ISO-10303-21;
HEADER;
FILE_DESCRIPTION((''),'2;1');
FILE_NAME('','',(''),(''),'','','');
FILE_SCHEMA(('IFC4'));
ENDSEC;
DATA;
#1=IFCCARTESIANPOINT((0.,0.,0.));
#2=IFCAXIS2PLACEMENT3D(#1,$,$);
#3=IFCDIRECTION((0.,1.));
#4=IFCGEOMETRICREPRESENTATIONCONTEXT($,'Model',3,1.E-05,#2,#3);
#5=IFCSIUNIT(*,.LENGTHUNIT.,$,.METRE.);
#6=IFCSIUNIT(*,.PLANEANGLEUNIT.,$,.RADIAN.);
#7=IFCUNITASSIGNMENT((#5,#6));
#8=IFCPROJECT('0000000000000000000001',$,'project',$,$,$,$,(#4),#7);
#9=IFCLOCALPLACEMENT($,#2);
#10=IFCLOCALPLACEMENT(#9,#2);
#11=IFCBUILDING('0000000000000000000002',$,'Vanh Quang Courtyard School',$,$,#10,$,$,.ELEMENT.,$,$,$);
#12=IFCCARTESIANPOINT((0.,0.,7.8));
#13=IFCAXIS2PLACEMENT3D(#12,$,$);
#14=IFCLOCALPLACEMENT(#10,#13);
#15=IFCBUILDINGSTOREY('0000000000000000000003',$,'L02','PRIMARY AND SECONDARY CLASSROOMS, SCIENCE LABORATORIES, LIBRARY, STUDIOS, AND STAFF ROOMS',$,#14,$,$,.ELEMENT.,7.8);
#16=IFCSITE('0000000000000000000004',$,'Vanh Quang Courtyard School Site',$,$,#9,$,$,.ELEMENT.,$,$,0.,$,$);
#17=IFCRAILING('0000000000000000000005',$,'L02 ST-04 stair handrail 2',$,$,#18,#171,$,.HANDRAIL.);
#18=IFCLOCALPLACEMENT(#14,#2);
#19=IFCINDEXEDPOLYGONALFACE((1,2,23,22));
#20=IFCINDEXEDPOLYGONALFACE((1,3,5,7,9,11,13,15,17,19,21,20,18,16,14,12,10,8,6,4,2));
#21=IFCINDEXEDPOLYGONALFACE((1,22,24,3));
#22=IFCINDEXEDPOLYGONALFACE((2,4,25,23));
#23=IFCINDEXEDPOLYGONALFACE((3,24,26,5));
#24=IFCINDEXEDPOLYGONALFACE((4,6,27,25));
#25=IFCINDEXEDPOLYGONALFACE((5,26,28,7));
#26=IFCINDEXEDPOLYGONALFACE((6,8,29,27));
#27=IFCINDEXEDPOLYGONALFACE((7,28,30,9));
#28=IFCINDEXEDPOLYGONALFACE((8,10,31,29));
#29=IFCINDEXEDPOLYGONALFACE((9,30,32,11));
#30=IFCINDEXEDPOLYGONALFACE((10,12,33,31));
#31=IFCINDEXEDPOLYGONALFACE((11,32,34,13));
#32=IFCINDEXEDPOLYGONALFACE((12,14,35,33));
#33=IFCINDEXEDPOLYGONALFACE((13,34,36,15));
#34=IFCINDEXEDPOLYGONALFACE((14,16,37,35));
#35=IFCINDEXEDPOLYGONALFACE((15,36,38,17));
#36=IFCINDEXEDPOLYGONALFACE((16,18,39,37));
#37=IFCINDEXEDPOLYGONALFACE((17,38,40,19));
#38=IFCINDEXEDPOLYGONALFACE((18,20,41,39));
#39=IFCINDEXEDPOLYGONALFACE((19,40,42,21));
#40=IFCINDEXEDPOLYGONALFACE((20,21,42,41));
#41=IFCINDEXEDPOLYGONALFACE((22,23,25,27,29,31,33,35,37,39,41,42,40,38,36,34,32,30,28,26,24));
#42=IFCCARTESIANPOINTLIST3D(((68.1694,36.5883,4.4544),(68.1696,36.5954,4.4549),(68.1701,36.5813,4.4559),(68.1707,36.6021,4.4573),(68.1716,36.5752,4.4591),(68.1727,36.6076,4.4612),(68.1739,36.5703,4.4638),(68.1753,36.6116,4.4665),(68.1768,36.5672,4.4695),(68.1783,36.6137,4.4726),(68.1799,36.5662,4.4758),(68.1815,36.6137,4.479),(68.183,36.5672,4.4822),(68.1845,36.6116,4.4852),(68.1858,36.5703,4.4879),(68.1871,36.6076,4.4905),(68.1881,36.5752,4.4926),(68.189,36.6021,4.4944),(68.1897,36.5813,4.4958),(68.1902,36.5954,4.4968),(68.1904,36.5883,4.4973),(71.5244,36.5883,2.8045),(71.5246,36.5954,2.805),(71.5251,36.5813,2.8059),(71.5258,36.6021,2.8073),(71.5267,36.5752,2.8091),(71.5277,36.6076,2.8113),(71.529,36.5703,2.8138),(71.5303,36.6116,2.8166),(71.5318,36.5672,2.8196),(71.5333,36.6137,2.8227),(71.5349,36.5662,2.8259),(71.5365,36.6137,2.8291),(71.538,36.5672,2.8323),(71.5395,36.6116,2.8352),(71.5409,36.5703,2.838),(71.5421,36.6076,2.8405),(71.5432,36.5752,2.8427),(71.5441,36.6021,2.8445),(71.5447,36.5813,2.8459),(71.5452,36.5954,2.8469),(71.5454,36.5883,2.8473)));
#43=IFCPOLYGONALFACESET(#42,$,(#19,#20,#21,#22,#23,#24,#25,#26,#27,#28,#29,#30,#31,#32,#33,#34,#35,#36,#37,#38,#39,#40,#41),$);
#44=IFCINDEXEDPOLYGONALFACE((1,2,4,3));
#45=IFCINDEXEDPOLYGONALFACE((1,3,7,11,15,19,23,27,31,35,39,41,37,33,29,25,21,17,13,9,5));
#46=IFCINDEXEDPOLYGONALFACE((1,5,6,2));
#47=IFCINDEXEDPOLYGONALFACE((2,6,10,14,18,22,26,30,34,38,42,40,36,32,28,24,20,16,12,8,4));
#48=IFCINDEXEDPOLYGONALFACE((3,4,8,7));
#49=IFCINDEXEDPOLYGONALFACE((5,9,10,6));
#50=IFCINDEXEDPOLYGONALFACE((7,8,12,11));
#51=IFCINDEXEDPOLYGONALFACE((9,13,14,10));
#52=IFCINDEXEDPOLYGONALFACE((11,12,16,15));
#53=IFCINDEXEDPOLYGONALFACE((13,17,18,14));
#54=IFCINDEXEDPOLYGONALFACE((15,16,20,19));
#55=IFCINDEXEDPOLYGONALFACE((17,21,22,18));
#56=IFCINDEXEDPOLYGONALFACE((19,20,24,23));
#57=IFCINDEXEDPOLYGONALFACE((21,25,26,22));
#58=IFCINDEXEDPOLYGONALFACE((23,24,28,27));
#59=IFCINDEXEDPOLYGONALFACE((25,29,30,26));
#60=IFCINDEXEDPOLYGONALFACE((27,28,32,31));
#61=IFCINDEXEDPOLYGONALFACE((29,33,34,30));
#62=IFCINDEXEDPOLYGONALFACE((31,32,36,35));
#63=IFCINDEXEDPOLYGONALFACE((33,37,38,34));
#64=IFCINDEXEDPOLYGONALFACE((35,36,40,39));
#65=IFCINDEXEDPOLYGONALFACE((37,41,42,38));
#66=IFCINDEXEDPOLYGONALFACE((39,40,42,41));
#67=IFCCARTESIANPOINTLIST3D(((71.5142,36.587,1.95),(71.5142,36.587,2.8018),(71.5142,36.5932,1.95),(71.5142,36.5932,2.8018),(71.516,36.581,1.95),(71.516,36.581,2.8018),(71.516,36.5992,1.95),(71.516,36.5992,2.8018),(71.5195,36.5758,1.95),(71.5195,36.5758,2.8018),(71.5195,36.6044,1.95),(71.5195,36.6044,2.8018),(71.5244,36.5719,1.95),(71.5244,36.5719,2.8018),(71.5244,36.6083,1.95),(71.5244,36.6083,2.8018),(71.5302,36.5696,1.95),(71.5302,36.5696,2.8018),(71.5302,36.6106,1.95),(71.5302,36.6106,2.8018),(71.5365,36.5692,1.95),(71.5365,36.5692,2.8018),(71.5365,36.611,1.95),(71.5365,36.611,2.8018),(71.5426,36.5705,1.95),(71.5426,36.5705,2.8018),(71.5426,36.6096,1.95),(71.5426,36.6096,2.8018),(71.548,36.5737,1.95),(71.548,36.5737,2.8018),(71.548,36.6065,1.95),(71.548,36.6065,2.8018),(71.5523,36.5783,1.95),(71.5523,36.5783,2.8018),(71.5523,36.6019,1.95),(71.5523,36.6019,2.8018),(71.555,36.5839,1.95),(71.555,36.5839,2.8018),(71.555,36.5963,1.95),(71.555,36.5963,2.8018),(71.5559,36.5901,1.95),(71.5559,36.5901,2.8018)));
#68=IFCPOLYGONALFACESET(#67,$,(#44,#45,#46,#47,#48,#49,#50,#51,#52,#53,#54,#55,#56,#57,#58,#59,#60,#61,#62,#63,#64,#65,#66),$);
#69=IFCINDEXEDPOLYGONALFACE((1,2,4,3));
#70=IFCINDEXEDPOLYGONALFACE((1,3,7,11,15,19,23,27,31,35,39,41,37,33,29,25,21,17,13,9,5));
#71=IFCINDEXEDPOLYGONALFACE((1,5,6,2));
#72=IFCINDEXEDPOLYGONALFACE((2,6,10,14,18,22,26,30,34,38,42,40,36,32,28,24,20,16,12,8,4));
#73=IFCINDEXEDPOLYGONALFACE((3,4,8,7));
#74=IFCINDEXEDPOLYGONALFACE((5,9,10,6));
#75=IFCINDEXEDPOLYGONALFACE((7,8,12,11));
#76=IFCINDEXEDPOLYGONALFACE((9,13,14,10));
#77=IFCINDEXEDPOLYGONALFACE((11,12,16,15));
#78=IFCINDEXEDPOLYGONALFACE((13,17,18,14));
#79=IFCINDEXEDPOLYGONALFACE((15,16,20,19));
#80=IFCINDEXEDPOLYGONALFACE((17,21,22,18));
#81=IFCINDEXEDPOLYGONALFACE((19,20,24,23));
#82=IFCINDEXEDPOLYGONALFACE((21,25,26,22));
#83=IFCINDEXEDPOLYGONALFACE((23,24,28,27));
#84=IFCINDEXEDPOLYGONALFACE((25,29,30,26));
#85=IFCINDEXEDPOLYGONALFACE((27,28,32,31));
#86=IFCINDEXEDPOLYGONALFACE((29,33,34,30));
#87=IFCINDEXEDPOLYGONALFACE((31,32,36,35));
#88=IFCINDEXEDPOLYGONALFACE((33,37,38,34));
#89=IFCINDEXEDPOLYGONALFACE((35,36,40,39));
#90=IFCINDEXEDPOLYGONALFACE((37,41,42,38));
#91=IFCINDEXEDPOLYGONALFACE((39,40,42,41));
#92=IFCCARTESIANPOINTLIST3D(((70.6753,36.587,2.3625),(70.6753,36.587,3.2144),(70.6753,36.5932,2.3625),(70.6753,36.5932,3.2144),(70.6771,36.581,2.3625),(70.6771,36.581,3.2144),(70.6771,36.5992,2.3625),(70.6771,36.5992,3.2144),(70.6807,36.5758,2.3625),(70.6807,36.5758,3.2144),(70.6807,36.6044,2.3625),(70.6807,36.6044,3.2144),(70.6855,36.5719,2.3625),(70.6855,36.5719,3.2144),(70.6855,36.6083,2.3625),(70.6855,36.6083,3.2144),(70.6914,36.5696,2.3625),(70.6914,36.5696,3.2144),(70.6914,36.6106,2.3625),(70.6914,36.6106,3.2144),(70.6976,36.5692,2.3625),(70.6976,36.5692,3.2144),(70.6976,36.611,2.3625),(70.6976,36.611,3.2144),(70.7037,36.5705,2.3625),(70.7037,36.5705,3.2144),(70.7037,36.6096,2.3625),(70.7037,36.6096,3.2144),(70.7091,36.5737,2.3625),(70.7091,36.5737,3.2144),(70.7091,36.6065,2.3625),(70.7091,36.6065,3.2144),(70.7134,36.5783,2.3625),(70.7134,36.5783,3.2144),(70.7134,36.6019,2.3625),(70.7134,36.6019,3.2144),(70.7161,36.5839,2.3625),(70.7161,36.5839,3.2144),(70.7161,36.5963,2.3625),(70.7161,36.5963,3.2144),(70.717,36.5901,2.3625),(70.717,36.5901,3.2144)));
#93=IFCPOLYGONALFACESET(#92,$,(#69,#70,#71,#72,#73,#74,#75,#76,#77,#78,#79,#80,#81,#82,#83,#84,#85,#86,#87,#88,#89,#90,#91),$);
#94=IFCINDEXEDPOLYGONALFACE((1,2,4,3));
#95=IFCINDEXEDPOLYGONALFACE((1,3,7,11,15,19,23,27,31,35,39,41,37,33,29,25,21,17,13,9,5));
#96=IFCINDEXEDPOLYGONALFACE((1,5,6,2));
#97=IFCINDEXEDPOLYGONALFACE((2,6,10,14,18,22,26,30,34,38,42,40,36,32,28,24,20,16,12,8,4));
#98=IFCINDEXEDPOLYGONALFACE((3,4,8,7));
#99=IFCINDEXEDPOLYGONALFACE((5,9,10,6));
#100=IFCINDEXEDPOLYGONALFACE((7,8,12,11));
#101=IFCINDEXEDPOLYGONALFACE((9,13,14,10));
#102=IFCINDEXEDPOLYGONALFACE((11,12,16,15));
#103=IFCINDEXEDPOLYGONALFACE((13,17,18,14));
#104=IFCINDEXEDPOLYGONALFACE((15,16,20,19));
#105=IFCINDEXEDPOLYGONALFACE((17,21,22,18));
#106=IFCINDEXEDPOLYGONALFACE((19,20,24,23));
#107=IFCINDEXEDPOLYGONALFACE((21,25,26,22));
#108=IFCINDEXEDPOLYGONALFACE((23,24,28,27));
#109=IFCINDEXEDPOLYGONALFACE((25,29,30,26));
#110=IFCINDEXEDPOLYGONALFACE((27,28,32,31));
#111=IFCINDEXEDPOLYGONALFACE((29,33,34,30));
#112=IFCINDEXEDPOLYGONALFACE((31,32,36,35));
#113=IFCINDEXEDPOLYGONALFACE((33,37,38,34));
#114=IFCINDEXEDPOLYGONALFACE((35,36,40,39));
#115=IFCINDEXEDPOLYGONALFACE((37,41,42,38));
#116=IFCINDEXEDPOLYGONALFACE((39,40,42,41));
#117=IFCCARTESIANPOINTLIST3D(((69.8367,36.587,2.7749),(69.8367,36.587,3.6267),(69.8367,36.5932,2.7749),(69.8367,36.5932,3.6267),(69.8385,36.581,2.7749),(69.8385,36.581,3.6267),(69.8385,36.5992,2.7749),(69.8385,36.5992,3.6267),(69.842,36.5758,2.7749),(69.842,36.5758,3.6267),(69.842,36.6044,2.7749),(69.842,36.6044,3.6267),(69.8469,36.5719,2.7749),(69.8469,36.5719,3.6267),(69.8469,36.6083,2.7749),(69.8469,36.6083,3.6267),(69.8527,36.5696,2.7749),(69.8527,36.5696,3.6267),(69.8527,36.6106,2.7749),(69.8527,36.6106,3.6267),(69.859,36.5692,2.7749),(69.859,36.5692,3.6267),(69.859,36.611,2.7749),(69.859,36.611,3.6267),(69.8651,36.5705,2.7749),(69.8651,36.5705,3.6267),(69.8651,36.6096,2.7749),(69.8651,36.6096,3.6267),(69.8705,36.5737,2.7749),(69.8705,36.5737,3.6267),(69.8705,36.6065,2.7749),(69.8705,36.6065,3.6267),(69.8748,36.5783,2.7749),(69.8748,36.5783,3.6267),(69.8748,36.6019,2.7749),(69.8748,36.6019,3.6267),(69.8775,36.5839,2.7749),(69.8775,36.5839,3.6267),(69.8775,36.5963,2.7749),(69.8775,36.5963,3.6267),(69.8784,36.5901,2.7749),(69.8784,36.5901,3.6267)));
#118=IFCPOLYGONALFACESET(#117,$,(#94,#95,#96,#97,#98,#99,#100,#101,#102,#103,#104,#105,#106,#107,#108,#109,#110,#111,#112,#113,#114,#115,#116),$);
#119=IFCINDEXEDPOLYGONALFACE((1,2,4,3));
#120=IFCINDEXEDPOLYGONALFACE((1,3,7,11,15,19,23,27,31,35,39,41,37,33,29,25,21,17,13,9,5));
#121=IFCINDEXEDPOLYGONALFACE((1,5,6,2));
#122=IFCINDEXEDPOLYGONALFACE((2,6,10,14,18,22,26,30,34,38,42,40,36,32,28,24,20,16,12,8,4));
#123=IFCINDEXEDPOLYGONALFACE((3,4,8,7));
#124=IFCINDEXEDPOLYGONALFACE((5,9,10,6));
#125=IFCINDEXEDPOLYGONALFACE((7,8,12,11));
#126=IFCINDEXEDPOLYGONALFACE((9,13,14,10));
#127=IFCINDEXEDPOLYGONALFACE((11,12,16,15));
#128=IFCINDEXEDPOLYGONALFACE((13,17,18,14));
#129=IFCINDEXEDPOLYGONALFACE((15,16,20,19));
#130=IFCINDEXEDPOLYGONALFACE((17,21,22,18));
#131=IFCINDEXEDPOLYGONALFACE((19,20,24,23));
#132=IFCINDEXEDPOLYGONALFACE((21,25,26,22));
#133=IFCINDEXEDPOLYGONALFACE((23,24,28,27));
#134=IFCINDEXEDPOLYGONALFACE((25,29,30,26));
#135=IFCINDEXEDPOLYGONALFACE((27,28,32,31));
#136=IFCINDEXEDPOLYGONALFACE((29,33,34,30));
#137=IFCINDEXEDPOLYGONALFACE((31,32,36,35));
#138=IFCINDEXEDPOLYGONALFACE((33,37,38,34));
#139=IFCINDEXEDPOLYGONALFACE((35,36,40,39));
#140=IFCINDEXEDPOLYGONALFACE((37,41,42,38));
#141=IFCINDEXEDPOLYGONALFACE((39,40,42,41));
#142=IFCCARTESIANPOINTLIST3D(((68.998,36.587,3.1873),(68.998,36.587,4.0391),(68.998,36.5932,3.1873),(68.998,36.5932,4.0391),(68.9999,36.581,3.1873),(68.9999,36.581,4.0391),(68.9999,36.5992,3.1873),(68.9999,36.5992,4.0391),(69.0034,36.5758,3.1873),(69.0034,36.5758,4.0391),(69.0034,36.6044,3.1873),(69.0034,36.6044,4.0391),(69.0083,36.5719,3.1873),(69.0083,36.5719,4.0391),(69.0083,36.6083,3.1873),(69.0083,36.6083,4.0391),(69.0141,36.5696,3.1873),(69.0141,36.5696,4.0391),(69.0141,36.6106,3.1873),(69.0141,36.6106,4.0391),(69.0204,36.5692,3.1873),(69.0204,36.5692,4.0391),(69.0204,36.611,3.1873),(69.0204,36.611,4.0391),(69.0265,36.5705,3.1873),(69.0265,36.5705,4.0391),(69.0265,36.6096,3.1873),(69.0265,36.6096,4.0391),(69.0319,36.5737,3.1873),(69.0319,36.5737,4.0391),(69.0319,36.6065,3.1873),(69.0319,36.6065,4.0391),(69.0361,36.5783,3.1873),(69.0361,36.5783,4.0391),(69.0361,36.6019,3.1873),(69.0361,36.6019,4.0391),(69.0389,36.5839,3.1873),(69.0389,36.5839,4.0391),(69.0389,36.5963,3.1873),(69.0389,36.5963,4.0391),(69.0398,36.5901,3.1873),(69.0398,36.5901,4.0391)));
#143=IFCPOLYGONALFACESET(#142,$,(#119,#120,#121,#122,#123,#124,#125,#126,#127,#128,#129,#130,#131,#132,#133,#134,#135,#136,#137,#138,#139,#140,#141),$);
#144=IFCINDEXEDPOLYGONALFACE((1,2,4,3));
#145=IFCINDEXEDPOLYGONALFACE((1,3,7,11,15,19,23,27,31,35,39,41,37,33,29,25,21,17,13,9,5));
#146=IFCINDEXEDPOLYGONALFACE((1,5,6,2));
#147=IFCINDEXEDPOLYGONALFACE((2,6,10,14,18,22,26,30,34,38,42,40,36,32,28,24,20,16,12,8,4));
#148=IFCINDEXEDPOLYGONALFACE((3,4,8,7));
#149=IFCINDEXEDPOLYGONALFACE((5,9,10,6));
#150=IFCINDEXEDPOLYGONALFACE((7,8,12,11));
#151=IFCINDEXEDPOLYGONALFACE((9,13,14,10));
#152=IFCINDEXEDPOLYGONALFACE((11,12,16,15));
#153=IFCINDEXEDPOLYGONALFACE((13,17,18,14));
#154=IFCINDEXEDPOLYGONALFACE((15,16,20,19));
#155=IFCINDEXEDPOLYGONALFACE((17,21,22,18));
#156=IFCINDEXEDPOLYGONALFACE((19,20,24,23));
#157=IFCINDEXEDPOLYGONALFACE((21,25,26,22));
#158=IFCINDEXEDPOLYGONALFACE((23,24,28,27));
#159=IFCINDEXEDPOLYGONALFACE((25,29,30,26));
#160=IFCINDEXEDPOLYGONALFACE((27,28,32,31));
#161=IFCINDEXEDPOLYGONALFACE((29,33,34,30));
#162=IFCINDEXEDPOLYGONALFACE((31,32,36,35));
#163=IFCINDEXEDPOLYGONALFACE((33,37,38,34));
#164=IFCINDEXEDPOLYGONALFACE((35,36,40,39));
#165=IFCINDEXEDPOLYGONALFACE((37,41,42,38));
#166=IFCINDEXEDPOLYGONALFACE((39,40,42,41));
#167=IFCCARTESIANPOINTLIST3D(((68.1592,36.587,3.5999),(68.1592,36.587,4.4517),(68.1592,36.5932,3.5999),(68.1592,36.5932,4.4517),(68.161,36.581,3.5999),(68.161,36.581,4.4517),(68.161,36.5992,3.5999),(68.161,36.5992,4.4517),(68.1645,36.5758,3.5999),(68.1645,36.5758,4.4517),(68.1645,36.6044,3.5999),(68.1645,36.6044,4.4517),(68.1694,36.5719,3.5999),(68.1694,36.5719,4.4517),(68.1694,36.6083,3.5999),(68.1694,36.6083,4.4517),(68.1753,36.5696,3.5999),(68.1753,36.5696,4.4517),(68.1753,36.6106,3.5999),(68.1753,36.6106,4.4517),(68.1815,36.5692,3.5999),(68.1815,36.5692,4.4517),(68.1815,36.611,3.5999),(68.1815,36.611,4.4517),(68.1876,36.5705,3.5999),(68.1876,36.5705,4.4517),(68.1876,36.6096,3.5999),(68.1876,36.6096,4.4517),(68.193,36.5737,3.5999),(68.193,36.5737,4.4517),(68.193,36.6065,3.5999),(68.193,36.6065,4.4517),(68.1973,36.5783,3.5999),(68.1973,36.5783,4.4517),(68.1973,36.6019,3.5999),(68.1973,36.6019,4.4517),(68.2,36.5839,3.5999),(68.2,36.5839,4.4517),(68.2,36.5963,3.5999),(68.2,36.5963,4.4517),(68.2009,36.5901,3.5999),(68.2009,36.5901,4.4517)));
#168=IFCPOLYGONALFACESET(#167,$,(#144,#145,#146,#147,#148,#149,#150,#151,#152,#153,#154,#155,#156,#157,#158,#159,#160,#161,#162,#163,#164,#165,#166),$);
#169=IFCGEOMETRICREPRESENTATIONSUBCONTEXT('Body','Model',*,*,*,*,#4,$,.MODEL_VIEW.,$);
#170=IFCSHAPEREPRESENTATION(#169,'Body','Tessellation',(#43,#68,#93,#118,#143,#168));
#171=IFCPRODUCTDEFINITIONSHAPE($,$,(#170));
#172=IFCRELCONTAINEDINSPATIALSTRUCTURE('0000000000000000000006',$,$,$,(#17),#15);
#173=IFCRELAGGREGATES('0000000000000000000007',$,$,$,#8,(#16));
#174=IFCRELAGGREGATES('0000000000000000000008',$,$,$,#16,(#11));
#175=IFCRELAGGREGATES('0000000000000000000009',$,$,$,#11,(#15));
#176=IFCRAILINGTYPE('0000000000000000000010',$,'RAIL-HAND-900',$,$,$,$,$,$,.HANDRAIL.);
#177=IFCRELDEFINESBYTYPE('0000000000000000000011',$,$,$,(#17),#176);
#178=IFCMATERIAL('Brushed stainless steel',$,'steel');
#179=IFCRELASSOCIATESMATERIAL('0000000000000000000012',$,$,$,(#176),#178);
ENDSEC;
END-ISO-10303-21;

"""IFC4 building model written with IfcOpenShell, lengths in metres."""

from ifc_helpers import new_model, si_unit, direction, frame, origin, origin_2d, place, context, subcontext, project, spatial, circle, extrude, material, type_object, element, save


model = new_model("IFC4")

# Units and contexts
model_context = context("Model", 3, precision=1e-05, world=origin(), true_north=direction((0.0, 1.0)))
body_context = subcontext(model_context, "Body", "Model", "MODEL_VIEW")
ifc_project = project(units=[si_unit("LENGTHUNIT", "METRE"), si_unit("PLANEANGLEUNIT", "RADIAN")], contexts=[model_context])

# Site, building, storey
site_placement = place(None, origin())
site = spatial("IfcSite", under=ifc_project, at=site_placement, Name="Vanh Quang Courtyard School Site", CompositionType="ELEMENT", RefElevation=0.0)
building_placement = place(site_placement, origin())
building = spatial("IfcBuilding", under=site, at=building_placement, Name="Vanh Quang Courtyard School", CompositionType="ELEMENT")
storey_placement = place(building_placement, frame((0.0, 0.0, 7.8)))
storey = spatial("IfcBuildingStorey", under=building, at=storey_placement, Name="L02", Description="PRIMARY AND SECONDARY CLASSROOMS, SCIENCE LABORATORIES, LIBRARY, STUDIOS, AND STAFF ROOMS", CompositionType="ELEMENT", Elevation=7.8)

# Railing
ifc_material_1 = material(Name="Brushed stainless steel", Category="steel")
railing_type_1 = type_object("IfcRailingType", Name="RAIL-HAND-900", PredefinedType="HANDRAIL", material=ifc_material_1)
railing_1_placement = place(storey_placement, frame((71.5349, 36.5901, 1.95)))
element("IfcRailing", 1, at=railing_1_placement, inside=storey, type_object=railing_type_1, Name="L02 ST-04 stair handrail 2", PredefinedType="HANDRAIL", context=body_context, shape_type="SweptSolid", body=[
    extrude(circle(Radius=0.0239, at=origin_2d()), frame((0.0, 0.0, 0.876), z_axis=(-0.897359, 0.0, 0.441301), x_axis=(0.0, -1.0, 0.0)), (0.0, 0.0, 1.0), 3.7388),
    extrude(circle(Radius=0.021, at=origin_2d()), origin(), (0.0, 0.0, 1.0), 0.8518),
    extrude(circle(Radius=0.021, at=origin_2d()), frame((-0.8389, 0.0, 0.4126)), (0.0, 0.0, 1.0), 0.8518),
    extrude(circle(Radius=0.021, at=origin_2d()), frame((-1.6775, 0.0, 0.825)), (0.0, 0.0, 1.0), 0.8518),
    extrude(circle(Radius=0.021, at=origin_2d()), frame((-2.5161, 0.0, 1.2373)), (0.0, 0.0, 1.0), 0.8518),
    extrude(circle(Radius=0.021, at=origin_2d()), frame((-3.355, 0.0, 1.6499)), (0.0, 0.0, 1.0), 0.8518),
])

save(model, "model.ifc")
